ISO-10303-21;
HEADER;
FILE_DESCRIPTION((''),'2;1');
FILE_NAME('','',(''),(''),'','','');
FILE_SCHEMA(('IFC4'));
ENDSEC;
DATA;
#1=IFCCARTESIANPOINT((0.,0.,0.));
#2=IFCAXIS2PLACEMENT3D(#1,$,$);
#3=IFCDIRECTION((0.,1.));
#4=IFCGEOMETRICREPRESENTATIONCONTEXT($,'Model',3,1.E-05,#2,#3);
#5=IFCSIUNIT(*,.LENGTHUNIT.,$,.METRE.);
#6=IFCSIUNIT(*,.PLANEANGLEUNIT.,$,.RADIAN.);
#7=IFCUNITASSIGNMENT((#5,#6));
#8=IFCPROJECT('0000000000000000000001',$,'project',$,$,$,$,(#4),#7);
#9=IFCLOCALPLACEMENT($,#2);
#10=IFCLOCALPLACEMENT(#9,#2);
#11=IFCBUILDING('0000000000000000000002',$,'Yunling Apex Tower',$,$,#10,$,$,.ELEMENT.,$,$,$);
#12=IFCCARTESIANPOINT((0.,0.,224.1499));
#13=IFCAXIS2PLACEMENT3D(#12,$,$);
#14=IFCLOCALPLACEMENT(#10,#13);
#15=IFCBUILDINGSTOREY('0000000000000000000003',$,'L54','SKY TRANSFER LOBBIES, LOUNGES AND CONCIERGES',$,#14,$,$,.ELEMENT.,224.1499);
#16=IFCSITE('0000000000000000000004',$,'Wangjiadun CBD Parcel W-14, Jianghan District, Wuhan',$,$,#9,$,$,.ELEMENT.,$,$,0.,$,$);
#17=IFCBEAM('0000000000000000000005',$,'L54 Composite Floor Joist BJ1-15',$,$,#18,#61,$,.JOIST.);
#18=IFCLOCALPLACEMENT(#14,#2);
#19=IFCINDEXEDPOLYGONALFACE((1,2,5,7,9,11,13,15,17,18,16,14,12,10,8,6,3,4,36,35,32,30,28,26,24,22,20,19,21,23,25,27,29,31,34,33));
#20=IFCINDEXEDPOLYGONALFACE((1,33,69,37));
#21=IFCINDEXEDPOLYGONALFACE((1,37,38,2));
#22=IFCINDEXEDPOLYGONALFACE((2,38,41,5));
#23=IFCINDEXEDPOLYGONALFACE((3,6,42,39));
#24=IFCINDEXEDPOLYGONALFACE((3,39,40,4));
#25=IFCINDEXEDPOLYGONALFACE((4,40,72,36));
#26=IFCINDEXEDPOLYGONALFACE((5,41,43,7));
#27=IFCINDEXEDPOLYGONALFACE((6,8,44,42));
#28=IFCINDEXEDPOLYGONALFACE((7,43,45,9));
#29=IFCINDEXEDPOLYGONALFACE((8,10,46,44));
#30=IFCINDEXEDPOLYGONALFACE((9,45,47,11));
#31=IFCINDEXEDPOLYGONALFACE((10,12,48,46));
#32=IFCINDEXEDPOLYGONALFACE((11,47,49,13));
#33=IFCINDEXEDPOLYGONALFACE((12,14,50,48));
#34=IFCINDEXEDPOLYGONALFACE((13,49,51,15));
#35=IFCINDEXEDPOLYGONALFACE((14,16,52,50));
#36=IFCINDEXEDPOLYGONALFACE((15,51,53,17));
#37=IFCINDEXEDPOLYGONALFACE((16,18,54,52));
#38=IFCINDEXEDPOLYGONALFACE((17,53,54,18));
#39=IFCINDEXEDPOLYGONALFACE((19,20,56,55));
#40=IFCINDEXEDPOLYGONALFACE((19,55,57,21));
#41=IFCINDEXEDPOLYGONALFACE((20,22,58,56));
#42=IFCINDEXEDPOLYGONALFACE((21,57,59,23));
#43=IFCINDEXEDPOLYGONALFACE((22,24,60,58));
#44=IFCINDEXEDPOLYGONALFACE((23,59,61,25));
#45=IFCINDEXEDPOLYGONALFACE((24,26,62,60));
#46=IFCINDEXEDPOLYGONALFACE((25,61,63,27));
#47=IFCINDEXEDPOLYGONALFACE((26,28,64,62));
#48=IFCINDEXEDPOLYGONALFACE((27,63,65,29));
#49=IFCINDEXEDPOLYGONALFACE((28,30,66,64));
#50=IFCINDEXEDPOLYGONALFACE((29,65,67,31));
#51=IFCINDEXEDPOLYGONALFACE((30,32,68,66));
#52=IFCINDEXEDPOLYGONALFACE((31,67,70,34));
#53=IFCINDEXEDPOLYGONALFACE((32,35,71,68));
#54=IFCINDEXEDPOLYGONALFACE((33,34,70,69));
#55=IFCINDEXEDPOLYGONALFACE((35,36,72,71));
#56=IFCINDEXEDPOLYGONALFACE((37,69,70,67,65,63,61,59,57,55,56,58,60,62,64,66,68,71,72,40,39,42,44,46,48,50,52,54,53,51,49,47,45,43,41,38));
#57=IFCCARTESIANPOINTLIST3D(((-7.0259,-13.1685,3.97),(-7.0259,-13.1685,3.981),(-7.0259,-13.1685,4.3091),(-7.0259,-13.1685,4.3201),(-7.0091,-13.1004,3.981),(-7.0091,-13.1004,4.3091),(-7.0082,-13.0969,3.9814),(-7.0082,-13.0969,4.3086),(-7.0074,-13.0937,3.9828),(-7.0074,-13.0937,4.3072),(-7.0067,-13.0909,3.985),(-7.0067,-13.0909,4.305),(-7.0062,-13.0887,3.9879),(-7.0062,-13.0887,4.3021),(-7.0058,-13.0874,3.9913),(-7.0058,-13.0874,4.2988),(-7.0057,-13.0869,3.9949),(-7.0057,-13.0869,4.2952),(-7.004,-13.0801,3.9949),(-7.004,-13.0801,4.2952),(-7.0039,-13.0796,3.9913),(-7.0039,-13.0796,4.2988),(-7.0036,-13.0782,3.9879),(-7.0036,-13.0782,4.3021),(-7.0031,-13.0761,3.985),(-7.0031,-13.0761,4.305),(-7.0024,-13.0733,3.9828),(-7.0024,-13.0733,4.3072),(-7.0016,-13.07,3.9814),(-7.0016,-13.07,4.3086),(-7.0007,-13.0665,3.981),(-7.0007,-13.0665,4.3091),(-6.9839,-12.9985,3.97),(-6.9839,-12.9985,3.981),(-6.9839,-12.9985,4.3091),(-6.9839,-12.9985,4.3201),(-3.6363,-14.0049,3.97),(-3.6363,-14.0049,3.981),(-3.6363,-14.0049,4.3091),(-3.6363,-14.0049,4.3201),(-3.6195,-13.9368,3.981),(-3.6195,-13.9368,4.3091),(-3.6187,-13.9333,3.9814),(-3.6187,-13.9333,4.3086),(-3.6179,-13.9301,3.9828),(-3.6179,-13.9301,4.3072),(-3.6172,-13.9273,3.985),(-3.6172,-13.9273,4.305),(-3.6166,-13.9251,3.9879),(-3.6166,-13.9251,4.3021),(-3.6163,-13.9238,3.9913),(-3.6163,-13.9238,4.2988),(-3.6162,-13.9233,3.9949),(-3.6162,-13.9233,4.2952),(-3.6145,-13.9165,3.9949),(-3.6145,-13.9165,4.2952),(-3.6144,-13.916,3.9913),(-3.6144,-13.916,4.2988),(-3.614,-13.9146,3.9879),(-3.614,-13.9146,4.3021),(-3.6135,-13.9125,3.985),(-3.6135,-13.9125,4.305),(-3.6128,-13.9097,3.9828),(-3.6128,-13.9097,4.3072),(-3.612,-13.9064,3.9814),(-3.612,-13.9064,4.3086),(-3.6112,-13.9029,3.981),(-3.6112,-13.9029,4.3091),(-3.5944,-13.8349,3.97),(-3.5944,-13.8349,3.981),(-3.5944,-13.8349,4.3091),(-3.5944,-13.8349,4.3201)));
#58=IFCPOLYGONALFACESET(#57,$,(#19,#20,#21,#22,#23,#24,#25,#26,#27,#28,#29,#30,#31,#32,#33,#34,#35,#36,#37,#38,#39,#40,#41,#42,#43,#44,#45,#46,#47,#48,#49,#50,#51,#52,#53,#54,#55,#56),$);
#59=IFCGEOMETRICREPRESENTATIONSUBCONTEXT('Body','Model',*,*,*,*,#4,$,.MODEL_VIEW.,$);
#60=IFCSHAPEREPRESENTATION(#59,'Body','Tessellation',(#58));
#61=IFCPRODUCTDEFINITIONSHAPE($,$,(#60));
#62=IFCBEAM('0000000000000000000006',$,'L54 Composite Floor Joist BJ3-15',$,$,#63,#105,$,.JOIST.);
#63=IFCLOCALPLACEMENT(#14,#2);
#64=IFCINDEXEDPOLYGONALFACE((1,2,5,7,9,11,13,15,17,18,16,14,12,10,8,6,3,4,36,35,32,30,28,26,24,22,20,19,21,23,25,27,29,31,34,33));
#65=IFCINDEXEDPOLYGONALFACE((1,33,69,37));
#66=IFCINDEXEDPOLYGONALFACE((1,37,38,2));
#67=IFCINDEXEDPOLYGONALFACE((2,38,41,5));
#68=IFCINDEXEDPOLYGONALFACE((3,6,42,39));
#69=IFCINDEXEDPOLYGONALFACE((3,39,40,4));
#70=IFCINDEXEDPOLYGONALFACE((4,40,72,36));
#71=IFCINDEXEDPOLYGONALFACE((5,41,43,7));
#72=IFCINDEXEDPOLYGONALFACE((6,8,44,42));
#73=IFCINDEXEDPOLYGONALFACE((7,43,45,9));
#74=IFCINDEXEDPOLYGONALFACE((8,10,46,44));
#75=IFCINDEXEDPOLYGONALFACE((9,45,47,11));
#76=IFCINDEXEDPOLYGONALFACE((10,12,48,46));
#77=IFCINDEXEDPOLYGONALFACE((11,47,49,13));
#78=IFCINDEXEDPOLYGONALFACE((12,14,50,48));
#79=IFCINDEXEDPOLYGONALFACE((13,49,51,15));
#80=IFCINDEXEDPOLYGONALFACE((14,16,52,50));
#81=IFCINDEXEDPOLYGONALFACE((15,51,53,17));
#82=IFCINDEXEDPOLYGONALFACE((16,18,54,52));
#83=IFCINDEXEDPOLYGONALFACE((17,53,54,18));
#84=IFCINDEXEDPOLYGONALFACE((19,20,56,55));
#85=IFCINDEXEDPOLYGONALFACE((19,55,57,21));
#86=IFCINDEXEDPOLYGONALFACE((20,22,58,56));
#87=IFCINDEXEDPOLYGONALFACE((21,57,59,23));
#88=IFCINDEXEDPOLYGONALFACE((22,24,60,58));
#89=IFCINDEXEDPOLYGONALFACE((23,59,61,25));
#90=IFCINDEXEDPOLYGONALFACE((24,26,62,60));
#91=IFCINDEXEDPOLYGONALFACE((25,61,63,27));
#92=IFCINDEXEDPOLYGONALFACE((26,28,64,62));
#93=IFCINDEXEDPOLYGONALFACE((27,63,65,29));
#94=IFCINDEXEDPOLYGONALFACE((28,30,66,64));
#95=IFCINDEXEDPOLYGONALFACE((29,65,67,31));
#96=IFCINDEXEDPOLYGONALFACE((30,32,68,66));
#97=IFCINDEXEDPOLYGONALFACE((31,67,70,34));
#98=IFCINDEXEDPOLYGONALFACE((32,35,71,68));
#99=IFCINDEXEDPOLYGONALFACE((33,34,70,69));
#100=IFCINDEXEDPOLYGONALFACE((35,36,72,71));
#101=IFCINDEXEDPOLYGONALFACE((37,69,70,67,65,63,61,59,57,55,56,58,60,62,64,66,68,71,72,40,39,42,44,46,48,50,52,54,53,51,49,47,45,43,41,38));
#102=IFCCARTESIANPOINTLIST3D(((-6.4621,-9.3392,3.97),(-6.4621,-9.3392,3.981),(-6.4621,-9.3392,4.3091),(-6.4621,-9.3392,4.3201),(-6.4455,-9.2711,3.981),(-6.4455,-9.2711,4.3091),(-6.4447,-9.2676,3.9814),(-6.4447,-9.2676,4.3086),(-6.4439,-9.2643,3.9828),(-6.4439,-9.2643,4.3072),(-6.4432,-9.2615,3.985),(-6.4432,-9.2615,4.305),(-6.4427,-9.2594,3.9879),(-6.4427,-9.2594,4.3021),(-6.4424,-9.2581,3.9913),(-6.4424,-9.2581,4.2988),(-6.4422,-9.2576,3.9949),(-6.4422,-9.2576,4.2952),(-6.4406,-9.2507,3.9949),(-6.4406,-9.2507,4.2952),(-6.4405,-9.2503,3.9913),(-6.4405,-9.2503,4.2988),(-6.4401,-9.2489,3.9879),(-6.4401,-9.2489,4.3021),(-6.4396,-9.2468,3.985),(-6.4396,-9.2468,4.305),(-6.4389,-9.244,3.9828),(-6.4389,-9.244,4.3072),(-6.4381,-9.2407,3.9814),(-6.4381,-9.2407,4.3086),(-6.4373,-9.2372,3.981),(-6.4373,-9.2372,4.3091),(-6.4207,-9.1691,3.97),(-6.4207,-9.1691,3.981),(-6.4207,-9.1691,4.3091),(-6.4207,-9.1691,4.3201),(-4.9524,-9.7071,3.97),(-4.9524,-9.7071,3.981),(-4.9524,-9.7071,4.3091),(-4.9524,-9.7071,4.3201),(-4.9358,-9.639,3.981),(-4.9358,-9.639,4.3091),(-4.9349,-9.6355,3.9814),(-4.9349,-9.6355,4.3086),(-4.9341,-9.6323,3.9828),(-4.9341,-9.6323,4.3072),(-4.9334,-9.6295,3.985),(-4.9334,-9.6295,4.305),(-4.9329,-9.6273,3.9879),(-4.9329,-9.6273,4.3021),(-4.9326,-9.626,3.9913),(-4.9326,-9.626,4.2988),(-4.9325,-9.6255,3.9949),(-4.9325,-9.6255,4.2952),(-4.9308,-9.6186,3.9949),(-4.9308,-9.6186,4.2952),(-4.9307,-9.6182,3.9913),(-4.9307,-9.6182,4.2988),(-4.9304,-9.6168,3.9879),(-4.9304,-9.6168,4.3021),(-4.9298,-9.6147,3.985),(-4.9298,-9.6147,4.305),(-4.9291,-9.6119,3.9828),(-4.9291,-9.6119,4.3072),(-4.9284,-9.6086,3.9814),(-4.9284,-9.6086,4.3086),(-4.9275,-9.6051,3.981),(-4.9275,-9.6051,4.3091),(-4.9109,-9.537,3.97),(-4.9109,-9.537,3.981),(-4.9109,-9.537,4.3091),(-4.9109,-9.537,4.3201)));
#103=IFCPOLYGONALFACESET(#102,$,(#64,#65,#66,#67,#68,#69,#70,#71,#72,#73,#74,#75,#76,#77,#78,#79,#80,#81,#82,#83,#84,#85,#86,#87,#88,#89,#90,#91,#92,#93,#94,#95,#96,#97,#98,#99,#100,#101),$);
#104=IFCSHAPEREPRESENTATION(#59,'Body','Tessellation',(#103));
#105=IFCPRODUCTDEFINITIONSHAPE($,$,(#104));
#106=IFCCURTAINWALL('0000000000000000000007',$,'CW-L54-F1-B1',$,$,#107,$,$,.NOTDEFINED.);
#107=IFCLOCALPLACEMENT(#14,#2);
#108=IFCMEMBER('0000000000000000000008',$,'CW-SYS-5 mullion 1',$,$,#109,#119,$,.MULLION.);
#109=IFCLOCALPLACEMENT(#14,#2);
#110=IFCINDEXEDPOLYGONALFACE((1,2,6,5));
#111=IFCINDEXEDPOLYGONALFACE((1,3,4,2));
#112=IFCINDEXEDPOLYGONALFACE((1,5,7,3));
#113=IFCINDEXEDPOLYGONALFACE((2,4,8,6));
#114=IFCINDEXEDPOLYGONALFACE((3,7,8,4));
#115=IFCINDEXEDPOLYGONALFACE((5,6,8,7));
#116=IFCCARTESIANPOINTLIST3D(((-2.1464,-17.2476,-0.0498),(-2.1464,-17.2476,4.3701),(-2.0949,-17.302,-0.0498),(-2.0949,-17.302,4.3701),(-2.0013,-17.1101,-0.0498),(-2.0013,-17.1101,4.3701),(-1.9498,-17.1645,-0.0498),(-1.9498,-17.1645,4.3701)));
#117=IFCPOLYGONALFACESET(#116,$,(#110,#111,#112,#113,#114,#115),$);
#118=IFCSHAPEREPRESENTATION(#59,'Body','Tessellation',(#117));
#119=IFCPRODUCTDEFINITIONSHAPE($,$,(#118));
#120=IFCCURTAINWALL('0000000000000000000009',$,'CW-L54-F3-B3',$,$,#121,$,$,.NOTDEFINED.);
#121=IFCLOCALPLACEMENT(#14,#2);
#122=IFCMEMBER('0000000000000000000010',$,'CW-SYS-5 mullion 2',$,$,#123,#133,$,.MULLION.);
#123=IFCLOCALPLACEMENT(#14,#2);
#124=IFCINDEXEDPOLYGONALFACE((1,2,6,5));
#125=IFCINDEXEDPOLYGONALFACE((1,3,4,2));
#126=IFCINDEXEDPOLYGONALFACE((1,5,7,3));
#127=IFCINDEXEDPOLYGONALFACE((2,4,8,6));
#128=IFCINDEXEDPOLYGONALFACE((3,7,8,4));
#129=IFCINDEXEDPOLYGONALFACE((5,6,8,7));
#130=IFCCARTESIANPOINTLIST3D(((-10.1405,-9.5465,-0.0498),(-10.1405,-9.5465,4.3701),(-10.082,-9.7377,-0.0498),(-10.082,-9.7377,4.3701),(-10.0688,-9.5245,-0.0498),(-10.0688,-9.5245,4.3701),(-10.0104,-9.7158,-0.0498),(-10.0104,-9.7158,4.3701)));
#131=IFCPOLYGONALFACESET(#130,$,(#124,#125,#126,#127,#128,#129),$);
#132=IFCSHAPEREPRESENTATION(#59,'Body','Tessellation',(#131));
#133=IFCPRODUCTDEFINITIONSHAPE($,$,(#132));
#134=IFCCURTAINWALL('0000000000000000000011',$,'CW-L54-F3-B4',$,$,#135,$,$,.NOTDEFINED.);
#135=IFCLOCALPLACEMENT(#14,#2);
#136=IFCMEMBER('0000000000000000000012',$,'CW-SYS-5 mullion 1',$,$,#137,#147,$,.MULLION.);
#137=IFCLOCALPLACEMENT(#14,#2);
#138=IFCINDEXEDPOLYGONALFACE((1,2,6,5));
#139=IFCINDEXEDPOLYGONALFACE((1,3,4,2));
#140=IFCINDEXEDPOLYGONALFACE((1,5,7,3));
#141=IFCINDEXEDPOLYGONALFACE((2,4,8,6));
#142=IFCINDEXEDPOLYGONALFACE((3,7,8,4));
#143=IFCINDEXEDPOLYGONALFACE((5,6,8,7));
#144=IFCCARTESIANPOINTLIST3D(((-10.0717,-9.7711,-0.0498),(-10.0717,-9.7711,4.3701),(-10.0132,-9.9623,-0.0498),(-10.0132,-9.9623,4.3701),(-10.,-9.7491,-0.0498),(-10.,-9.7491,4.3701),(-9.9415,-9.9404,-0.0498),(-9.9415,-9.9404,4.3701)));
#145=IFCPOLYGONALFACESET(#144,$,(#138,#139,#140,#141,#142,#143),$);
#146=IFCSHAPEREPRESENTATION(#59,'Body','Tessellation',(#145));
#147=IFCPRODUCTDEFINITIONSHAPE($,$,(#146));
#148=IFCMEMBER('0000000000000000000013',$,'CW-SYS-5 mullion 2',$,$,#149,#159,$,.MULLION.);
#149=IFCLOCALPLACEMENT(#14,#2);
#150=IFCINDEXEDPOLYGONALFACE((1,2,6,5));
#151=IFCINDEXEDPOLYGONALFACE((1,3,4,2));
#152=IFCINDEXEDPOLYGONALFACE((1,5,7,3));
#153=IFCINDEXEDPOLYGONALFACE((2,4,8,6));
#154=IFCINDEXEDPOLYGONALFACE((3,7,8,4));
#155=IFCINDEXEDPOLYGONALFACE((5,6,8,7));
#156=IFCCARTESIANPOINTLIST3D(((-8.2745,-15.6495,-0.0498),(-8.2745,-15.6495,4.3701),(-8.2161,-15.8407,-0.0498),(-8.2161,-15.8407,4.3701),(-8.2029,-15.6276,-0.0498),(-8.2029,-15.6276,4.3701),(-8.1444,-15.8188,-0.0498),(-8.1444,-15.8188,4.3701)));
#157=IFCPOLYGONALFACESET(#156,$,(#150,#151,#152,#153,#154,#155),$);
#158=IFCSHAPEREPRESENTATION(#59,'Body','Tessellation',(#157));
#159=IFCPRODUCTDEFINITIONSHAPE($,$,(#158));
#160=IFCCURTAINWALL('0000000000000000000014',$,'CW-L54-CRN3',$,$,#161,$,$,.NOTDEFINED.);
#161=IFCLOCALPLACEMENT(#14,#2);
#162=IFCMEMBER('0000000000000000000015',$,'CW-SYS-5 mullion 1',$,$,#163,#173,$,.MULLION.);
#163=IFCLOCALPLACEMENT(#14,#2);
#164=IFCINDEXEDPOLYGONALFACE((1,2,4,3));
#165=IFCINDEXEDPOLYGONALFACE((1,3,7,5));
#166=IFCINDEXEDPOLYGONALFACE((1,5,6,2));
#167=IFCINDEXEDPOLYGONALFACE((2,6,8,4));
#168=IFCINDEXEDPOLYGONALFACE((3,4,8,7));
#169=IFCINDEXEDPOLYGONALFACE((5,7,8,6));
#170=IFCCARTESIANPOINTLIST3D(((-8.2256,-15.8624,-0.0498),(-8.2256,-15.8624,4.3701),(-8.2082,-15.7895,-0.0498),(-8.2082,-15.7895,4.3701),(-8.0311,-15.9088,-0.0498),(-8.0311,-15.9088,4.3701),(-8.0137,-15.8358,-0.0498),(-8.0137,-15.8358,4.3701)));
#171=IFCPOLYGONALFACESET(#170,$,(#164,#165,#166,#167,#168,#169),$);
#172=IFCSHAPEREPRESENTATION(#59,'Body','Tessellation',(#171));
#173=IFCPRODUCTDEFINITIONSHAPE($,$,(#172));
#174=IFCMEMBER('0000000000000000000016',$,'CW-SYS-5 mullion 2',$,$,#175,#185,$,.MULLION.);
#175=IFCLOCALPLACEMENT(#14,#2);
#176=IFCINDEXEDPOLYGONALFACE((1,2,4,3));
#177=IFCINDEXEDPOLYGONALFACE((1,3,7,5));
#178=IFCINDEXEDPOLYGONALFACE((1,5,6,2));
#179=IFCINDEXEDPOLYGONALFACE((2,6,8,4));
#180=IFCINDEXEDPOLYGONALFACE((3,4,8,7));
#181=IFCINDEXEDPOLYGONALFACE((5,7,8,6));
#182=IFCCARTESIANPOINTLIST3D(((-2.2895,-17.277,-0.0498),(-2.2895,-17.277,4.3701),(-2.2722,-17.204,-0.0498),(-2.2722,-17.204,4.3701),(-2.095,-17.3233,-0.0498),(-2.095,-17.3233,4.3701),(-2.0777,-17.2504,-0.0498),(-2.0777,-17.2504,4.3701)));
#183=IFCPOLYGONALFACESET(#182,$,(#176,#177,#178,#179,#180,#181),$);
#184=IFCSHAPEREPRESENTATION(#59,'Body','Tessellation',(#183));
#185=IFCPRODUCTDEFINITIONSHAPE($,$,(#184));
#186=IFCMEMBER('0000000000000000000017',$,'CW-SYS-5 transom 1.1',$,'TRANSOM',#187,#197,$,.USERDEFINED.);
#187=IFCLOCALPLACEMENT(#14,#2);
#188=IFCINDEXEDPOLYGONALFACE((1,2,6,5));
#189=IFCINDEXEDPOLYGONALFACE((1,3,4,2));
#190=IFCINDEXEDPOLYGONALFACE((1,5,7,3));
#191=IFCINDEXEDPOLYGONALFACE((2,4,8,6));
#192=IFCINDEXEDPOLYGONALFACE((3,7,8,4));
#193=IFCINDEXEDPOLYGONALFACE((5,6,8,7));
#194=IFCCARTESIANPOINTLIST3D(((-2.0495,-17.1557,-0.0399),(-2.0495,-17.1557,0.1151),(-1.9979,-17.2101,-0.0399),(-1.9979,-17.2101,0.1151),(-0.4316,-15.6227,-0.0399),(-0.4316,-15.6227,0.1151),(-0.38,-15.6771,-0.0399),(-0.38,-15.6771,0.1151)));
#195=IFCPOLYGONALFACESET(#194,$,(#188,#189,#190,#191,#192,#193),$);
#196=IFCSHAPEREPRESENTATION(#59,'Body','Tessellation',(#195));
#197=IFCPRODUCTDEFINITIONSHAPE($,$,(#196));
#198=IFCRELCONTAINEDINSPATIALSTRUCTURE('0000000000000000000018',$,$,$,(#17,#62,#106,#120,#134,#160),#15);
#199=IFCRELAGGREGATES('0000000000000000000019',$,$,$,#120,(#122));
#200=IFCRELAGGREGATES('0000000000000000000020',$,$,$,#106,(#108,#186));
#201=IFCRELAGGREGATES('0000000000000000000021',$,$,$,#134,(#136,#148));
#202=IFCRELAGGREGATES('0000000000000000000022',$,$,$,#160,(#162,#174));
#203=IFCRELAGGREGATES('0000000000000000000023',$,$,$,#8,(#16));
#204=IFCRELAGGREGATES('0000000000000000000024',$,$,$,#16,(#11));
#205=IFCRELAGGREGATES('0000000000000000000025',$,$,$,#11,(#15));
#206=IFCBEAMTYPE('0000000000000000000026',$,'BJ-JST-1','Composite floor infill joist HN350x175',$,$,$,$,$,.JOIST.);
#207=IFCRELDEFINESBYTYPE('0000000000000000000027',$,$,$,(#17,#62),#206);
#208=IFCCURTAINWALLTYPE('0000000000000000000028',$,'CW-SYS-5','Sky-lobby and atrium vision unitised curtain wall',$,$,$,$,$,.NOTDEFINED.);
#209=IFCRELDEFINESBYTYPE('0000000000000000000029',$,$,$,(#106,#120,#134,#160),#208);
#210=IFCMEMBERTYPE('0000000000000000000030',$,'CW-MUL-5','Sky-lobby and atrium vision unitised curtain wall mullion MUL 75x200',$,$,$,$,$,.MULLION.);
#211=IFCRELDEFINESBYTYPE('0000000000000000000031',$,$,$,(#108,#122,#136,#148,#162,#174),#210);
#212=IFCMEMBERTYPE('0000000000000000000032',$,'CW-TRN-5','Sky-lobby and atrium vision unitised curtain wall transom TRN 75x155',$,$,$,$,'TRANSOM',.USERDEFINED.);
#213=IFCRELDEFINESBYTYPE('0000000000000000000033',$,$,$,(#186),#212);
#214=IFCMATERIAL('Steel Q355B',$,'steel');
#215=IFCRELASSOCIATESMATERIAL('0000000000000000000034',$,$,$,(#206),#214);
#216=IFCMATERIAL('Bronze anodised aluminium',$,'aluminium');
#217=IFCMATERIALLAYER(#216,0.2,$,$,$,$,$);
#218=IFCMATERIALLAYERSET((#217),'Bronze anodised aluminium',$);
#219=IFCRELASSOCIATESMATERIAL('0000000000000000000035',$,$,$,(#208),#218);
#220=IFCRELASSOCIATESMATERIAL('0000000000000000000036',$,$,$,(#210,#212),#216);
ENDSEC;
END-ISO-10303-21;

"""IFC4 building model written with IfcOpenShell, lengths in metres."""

from ifc_helpers import new_model, si_unit, direction, frame, origin, origin_2d, place, context, subcontext, project, spatial, rectangle, i_section, extrude, source, transform, mapped, material, layer, layer_set, material_profile, profile_set, type_object, element, aggregate, save


model = new_model("IFC4")

# Units and contexts
model_context = context("Model", 3, precision=1e-05, world=origin(), true_north=direction((0.0, 1.0)))
body_context = subcontext(model_context, "Body", "Model", "MODEL_VIEW")
ifc_project = project(units=[si_unit("LENGTHUNIT", "METRE"), si_unit("PLANEANGLEUNIT", "RADIAN")], contexts=[model_context])

# Site, building, storey
site_placement = place(None, origin())
site = spatial("IfcSite", under=ifc_project, at=site_placement, Name="Wangjiadun CBD Parcel W-14, Jianghan District, Wuhan", CompositionType="ELEMENT", RefElevation=0.0)
building_placement = place(site_placement, origin())
building = spatial("IfcBuilding", under=site, at=building_placement, Name="Yunling Apex Tower", CompositionType="ELEMENT")
storey_placement = place(building_placement, frame((0.0, 0.0, 224.1499)))
storey = spatial("IfcBuildingStorey", under=building, at=storey_placement, Name="L54", Description="SKY TRANSFER LOBBIES, LOUNGES AND CONCIERGES", CompositionType="ELEMENT", Elevation=224.1499)

# Beams
ifc_material_1 = material(Name="Steel Q355B", Category="steel")
ifc_material_profile_1 = material_profile(ifc_material_1, i_section(OverallWidth=0.175, OverallDepth=0.3501, WebThickness=0.0071, FlangeThickness=0.011, FilletRadius=0.0139, at=origin_2d()))
ifc_profile_set_1 = profile_set([ifc_material_profile_1], Name="Steel Q355B")
beam_type_1 = type_object("IfcBeamType", Name="BJ-JST-1", Description="Composite floor infill joist HN350x175", PredefinedType="JOIST", material=ifc_profile_set_1)
shared_shape_1 = source(origin(), body_context, "Body", "SweptSolid", [
    extrude(i_section(OverallWidth=0.175, OverallDepth=0.3501, WebThickness=0.0071, FlangeThickness=0.011, FilletRadius=0.0139, at=origin_2d()), origin(), (0.0, 0.0, 1.0), 3.4912),
])
beam_1_placement = place(storey_placement, frame((-7.0049, -13.0835, 4.145), z_axis=(0.970878, -0.239573, 0.0), x_axis=(0.239573, 0.970878, 0.0)))
element("IfcBeam", 1, at=beam_1_placement, inside=storey, type_object=beam_type_1, Name="L54 Composite Floor Joist BJ1-15", PredefinedType="JOIST", context=body_context, shape_type="MappedRepresentation", body=[
    mapped(shared_shape_1, transform((0.0, 0.0, 0.0), scale=1.0)),
])
shared_shape_2 = source(origin(), body_context, "Body", "SweptSolid", [
    extrude(i_section(OverallWidth=0.175, OverallDepth=0.3501, WebThickness=0.0071, FlangeThickness=0.011, FilletRadius=0.0139, at=origin_2d()), origin(), (0.0, 0.0, 1.0), 1.554),
])
beam_2_placement = place(storey_placement, frame((-6.4414, -9.2542, 4.145), z_axis=(0.971567, -0.236764, 0.0), x_axis=(0.236764, 0.971567, 0.0)))
element("IfcBeam", 2, at=beam_2_placement, inside=storey, type_object=beam_type_1, Name="L54 Composite Floor Joist BJ3-15", PredefinedType="JOIST", context=body_context, shape_type="MappedRepresentation", body=[
    mapped(shared_shape_2, transform((0.0, 0.0, 0.0), scale=1.0)),
])

# Curtain walls, members
ifc_material_2 = material(Name="Bronze anodised aluminium", Category="aluminium")
ifc_layer_1 = layer(ifc_material_2, 0.2)
ifc_layer_set_1 = layer_set([ifc_layer_1], Name="Bronze anodised aluminium")
curtain_wall_type = type_object("IfcCurtainWallType", Name="CW-SYS-5", Description="Sky-lobby and atrium vision unitised curtain wall", PredefinedType="NOTDEFINED", material=ifc_layer_set_1)
curtain_wall_1_placement = place(storey_placement, origin())
curtain_wall_1 = element("IfcCurtainWall", 3, at=curtain_wall_1_placement, inside=storey, type_object=curtain_wall_type, Name="CW-L54-F1-B1", PredefinedType="NOTDEFINED")
ifc_material_profile_2 = material_profile(ifc_material_2, rectangle(XDim=0.075, YDim=0.2, at=origin_2d()))
ifc_profile_set_2 = profile_set([ifc_material_profile_2], Name="Bronze anodised aluminium")
member_type_1 = type_object("IfcMemberType", Name="CW-MUL-5", Description="Sky-lobby and atrium vision unitised curtain wall mullion MUL 75x200", PredefinedType="MULLION", material=ifc_profile_set_2)
shared_shape_3 = source(origin(), body_context, "Body", "SweptSolid", [
    extrude(rectangle(XDim=0.075, YDim=0.2, at=origin_2d()), origin(), (0.0, 0.0, 1.0), 4.4199),
])
member_1_placement = place(storey_placement, frame((-2.0481, -17.2061, -0.0498), z_axis=(0.0, 0.0, 1.0), x_axis=(-0.687848, 0.725855, 0.0)))
member_1 = element("IfcMember", 4, at=member_1_placement, type_object=member_type_1, Name="CW-SYS-5 mullion 1", PredefinedType="MULLION", context=body_context, shape_type="MappedRepresentation", body=[
    mapped(shared_shape_3, transform((0.0, 0.0, 0.0), scale=1.0)),
])
curtain_wall_2_placement = place(storey_placement, origin())
curtain_wall_2 = element("IfcCurtainWall", 5, at=curtain_wall_2_placement, inside=storey, type_object=curtain_wall_type, Name="CW-L54-F3-B3", PredefinedType="NOTDEFINED")
member_2_placement = place(storey_placement, frame((-10.0754, -9.6311, -0.0498), z_axis=(0.0, 0.0, 1.0), x_axis=(0.956305, 0.292372, 0.0)))
member_2 = element("IfcMember", 6, at=member_2_placement, type_object=member_type_1, Name="CW-SYS-5 mullion 2", PredefinedType="MULLION", context=body_context, shape_type="MappedRepresentation", body=[
    mapped(shared_shape_3, transform((0.0, 0.0, 0.0), scale=1.0)),
])
aggregate(curtain_wall_2, [member_2])

# Curtain walls, members
curtain_wall_3_placement = place(storey_placement, origin())
curtain_wall_3 = element("IfcCurtainWall", 7, at=curtain_wall_3_placement, inside=storey, type_object=curtain_wall_type, Name="CW-L54-F3-B4", PredefinedType="NOTDEFINED")
member_3_placement = place(storey_placement, frame((-10.0066, -9.8557, -0.0498), z_axis=(0.0, 0.0, 1.0), x_axis=(0.956305, 0.292372, 0.0)))
member_3 = element("IfcMember", 8, at=member_3_placement, type_object=member_type_1, Name="CW-SYS-5 mullion 1", PredefinedType="MULLION", context=body_context, shape_type="MappedRepresentation", body=[
    mapped(shared_shape_3, transform((0.0, 0.0, 0.0), scale=1.0)),
])
member_4_placement = place(storey_placement, frame((-8.2095, -15.7341, -0.0498), z_axis=(0.0, 0.0, 1.0), x_axis=(0.956305, 0.292372, 0.0)))
member_4 = element("IfcMember", 9, at=member_4_placement, type_object=member_type_1, Name="CW-SYS-5 mullion 2", PredefinedType="MULLION", context=body_context, shape_type="MappedRepresentation", body=[
    mapped(shared_shape_3, transform((0.0, 0.0, 0.0), scale=1.0)),
])
curtain_wall_4_placement = place(storey_placement, origin())
curtain_wall_4 = element("IfcCurtainWall", 10, at=curtain_wall_4_placement, inside=storey, type_object=curtain_wall_type, Name="CW-L54-CRN3", PredefinedType="NOTDEFINED")
member_5_placement = place(storey_placement, frame((-8.1196, -15.8491, -0.0498), z_axis=(0.0, 0.0, 1.0), x_axis=(0.231809, 0.972761, 0.0)))
member_5 = element("IfcMember", 11, at=member_5_placement, type_object=member_type_1, Name="CW-SYS-5 mullion 1", PredefinedType="MULLION", context=body_context, shape_type="MappedRepresentation", body=[
    mapped(shared_shape_3, transform((0.0, 0.0, 0.0), scale=1.0)),
])
member_6_placement = place(storey_placement, frame((-2.1836, -17.2637, -0.0498), z_axis=(0.0, 0.0, 1.0), x_axis=(0.231809, 0.972761, 0.0)))
member_6 = element("IfcMember", 12, at=member_6_placement, type_object=member_type_1, Name="CW-SYS-5 mullion 2", PredefinedType="MULLION", context=body_context, shape_type="MappedRepresentation", body=[
    mapped(shared_shape_3, transform((0.0, 0.0, 0.0), scale=1.0)),
])

# Member
ifc_material_profile_3 = material_profile(ifc_material_2, rectangle(XDim=0.075, YDim=0.155, at=origin_2d()))
ifc_profile_set_3 = profile_set([ifc_material_profile_3], Name="Bronze anodised aluminium")
member_type_2 = type_object("IfcMemberType", Name="CW-TRN-5", Description="Sky-lobby and atrium vision unitised curtain wall transom TRN 75x155", ElementType="TRANSOM", PredefinedType="USERDEFINED", material=ifc_profile_set_3)
shared_shape_4 = source(origin(), body_context, "Body", "SweptSolid", [
    extrude(rectangle(XDim=0.075, YDim=0.155, at=origin_2d()), origin(), (0.0, 0.0, 1.0), 2.2288),
])
member_7_placement = place(storey_placement, frame((-2.0237, -17.1829, 0.0376), z_axis=(0.72591, 0.68779, 0.0), x_axis=(-0.68779, 0.72591, 0.0)))
member_7 = element("IfcMember", 13, at=member_7_placement, type_object=member_type_2, Name="CW-SYS-5 transom 1.1", ObjectType="TRANSOM", PredefinedType="USERDEFINED", context=body_context, shape_type="MappedRepresentation", body=[
    mapped(shared_shape_4, transform((0.0, 0.0, 0.0), scale=1.0)),
])
aggregate(curtain_wall_1, [member_1, member_7])

aggregate(curtain_wall_3, [member_3, member_4])
aggregate(curtain_wall_4, [member_5, member_6])

save(model, "model.ifc")
